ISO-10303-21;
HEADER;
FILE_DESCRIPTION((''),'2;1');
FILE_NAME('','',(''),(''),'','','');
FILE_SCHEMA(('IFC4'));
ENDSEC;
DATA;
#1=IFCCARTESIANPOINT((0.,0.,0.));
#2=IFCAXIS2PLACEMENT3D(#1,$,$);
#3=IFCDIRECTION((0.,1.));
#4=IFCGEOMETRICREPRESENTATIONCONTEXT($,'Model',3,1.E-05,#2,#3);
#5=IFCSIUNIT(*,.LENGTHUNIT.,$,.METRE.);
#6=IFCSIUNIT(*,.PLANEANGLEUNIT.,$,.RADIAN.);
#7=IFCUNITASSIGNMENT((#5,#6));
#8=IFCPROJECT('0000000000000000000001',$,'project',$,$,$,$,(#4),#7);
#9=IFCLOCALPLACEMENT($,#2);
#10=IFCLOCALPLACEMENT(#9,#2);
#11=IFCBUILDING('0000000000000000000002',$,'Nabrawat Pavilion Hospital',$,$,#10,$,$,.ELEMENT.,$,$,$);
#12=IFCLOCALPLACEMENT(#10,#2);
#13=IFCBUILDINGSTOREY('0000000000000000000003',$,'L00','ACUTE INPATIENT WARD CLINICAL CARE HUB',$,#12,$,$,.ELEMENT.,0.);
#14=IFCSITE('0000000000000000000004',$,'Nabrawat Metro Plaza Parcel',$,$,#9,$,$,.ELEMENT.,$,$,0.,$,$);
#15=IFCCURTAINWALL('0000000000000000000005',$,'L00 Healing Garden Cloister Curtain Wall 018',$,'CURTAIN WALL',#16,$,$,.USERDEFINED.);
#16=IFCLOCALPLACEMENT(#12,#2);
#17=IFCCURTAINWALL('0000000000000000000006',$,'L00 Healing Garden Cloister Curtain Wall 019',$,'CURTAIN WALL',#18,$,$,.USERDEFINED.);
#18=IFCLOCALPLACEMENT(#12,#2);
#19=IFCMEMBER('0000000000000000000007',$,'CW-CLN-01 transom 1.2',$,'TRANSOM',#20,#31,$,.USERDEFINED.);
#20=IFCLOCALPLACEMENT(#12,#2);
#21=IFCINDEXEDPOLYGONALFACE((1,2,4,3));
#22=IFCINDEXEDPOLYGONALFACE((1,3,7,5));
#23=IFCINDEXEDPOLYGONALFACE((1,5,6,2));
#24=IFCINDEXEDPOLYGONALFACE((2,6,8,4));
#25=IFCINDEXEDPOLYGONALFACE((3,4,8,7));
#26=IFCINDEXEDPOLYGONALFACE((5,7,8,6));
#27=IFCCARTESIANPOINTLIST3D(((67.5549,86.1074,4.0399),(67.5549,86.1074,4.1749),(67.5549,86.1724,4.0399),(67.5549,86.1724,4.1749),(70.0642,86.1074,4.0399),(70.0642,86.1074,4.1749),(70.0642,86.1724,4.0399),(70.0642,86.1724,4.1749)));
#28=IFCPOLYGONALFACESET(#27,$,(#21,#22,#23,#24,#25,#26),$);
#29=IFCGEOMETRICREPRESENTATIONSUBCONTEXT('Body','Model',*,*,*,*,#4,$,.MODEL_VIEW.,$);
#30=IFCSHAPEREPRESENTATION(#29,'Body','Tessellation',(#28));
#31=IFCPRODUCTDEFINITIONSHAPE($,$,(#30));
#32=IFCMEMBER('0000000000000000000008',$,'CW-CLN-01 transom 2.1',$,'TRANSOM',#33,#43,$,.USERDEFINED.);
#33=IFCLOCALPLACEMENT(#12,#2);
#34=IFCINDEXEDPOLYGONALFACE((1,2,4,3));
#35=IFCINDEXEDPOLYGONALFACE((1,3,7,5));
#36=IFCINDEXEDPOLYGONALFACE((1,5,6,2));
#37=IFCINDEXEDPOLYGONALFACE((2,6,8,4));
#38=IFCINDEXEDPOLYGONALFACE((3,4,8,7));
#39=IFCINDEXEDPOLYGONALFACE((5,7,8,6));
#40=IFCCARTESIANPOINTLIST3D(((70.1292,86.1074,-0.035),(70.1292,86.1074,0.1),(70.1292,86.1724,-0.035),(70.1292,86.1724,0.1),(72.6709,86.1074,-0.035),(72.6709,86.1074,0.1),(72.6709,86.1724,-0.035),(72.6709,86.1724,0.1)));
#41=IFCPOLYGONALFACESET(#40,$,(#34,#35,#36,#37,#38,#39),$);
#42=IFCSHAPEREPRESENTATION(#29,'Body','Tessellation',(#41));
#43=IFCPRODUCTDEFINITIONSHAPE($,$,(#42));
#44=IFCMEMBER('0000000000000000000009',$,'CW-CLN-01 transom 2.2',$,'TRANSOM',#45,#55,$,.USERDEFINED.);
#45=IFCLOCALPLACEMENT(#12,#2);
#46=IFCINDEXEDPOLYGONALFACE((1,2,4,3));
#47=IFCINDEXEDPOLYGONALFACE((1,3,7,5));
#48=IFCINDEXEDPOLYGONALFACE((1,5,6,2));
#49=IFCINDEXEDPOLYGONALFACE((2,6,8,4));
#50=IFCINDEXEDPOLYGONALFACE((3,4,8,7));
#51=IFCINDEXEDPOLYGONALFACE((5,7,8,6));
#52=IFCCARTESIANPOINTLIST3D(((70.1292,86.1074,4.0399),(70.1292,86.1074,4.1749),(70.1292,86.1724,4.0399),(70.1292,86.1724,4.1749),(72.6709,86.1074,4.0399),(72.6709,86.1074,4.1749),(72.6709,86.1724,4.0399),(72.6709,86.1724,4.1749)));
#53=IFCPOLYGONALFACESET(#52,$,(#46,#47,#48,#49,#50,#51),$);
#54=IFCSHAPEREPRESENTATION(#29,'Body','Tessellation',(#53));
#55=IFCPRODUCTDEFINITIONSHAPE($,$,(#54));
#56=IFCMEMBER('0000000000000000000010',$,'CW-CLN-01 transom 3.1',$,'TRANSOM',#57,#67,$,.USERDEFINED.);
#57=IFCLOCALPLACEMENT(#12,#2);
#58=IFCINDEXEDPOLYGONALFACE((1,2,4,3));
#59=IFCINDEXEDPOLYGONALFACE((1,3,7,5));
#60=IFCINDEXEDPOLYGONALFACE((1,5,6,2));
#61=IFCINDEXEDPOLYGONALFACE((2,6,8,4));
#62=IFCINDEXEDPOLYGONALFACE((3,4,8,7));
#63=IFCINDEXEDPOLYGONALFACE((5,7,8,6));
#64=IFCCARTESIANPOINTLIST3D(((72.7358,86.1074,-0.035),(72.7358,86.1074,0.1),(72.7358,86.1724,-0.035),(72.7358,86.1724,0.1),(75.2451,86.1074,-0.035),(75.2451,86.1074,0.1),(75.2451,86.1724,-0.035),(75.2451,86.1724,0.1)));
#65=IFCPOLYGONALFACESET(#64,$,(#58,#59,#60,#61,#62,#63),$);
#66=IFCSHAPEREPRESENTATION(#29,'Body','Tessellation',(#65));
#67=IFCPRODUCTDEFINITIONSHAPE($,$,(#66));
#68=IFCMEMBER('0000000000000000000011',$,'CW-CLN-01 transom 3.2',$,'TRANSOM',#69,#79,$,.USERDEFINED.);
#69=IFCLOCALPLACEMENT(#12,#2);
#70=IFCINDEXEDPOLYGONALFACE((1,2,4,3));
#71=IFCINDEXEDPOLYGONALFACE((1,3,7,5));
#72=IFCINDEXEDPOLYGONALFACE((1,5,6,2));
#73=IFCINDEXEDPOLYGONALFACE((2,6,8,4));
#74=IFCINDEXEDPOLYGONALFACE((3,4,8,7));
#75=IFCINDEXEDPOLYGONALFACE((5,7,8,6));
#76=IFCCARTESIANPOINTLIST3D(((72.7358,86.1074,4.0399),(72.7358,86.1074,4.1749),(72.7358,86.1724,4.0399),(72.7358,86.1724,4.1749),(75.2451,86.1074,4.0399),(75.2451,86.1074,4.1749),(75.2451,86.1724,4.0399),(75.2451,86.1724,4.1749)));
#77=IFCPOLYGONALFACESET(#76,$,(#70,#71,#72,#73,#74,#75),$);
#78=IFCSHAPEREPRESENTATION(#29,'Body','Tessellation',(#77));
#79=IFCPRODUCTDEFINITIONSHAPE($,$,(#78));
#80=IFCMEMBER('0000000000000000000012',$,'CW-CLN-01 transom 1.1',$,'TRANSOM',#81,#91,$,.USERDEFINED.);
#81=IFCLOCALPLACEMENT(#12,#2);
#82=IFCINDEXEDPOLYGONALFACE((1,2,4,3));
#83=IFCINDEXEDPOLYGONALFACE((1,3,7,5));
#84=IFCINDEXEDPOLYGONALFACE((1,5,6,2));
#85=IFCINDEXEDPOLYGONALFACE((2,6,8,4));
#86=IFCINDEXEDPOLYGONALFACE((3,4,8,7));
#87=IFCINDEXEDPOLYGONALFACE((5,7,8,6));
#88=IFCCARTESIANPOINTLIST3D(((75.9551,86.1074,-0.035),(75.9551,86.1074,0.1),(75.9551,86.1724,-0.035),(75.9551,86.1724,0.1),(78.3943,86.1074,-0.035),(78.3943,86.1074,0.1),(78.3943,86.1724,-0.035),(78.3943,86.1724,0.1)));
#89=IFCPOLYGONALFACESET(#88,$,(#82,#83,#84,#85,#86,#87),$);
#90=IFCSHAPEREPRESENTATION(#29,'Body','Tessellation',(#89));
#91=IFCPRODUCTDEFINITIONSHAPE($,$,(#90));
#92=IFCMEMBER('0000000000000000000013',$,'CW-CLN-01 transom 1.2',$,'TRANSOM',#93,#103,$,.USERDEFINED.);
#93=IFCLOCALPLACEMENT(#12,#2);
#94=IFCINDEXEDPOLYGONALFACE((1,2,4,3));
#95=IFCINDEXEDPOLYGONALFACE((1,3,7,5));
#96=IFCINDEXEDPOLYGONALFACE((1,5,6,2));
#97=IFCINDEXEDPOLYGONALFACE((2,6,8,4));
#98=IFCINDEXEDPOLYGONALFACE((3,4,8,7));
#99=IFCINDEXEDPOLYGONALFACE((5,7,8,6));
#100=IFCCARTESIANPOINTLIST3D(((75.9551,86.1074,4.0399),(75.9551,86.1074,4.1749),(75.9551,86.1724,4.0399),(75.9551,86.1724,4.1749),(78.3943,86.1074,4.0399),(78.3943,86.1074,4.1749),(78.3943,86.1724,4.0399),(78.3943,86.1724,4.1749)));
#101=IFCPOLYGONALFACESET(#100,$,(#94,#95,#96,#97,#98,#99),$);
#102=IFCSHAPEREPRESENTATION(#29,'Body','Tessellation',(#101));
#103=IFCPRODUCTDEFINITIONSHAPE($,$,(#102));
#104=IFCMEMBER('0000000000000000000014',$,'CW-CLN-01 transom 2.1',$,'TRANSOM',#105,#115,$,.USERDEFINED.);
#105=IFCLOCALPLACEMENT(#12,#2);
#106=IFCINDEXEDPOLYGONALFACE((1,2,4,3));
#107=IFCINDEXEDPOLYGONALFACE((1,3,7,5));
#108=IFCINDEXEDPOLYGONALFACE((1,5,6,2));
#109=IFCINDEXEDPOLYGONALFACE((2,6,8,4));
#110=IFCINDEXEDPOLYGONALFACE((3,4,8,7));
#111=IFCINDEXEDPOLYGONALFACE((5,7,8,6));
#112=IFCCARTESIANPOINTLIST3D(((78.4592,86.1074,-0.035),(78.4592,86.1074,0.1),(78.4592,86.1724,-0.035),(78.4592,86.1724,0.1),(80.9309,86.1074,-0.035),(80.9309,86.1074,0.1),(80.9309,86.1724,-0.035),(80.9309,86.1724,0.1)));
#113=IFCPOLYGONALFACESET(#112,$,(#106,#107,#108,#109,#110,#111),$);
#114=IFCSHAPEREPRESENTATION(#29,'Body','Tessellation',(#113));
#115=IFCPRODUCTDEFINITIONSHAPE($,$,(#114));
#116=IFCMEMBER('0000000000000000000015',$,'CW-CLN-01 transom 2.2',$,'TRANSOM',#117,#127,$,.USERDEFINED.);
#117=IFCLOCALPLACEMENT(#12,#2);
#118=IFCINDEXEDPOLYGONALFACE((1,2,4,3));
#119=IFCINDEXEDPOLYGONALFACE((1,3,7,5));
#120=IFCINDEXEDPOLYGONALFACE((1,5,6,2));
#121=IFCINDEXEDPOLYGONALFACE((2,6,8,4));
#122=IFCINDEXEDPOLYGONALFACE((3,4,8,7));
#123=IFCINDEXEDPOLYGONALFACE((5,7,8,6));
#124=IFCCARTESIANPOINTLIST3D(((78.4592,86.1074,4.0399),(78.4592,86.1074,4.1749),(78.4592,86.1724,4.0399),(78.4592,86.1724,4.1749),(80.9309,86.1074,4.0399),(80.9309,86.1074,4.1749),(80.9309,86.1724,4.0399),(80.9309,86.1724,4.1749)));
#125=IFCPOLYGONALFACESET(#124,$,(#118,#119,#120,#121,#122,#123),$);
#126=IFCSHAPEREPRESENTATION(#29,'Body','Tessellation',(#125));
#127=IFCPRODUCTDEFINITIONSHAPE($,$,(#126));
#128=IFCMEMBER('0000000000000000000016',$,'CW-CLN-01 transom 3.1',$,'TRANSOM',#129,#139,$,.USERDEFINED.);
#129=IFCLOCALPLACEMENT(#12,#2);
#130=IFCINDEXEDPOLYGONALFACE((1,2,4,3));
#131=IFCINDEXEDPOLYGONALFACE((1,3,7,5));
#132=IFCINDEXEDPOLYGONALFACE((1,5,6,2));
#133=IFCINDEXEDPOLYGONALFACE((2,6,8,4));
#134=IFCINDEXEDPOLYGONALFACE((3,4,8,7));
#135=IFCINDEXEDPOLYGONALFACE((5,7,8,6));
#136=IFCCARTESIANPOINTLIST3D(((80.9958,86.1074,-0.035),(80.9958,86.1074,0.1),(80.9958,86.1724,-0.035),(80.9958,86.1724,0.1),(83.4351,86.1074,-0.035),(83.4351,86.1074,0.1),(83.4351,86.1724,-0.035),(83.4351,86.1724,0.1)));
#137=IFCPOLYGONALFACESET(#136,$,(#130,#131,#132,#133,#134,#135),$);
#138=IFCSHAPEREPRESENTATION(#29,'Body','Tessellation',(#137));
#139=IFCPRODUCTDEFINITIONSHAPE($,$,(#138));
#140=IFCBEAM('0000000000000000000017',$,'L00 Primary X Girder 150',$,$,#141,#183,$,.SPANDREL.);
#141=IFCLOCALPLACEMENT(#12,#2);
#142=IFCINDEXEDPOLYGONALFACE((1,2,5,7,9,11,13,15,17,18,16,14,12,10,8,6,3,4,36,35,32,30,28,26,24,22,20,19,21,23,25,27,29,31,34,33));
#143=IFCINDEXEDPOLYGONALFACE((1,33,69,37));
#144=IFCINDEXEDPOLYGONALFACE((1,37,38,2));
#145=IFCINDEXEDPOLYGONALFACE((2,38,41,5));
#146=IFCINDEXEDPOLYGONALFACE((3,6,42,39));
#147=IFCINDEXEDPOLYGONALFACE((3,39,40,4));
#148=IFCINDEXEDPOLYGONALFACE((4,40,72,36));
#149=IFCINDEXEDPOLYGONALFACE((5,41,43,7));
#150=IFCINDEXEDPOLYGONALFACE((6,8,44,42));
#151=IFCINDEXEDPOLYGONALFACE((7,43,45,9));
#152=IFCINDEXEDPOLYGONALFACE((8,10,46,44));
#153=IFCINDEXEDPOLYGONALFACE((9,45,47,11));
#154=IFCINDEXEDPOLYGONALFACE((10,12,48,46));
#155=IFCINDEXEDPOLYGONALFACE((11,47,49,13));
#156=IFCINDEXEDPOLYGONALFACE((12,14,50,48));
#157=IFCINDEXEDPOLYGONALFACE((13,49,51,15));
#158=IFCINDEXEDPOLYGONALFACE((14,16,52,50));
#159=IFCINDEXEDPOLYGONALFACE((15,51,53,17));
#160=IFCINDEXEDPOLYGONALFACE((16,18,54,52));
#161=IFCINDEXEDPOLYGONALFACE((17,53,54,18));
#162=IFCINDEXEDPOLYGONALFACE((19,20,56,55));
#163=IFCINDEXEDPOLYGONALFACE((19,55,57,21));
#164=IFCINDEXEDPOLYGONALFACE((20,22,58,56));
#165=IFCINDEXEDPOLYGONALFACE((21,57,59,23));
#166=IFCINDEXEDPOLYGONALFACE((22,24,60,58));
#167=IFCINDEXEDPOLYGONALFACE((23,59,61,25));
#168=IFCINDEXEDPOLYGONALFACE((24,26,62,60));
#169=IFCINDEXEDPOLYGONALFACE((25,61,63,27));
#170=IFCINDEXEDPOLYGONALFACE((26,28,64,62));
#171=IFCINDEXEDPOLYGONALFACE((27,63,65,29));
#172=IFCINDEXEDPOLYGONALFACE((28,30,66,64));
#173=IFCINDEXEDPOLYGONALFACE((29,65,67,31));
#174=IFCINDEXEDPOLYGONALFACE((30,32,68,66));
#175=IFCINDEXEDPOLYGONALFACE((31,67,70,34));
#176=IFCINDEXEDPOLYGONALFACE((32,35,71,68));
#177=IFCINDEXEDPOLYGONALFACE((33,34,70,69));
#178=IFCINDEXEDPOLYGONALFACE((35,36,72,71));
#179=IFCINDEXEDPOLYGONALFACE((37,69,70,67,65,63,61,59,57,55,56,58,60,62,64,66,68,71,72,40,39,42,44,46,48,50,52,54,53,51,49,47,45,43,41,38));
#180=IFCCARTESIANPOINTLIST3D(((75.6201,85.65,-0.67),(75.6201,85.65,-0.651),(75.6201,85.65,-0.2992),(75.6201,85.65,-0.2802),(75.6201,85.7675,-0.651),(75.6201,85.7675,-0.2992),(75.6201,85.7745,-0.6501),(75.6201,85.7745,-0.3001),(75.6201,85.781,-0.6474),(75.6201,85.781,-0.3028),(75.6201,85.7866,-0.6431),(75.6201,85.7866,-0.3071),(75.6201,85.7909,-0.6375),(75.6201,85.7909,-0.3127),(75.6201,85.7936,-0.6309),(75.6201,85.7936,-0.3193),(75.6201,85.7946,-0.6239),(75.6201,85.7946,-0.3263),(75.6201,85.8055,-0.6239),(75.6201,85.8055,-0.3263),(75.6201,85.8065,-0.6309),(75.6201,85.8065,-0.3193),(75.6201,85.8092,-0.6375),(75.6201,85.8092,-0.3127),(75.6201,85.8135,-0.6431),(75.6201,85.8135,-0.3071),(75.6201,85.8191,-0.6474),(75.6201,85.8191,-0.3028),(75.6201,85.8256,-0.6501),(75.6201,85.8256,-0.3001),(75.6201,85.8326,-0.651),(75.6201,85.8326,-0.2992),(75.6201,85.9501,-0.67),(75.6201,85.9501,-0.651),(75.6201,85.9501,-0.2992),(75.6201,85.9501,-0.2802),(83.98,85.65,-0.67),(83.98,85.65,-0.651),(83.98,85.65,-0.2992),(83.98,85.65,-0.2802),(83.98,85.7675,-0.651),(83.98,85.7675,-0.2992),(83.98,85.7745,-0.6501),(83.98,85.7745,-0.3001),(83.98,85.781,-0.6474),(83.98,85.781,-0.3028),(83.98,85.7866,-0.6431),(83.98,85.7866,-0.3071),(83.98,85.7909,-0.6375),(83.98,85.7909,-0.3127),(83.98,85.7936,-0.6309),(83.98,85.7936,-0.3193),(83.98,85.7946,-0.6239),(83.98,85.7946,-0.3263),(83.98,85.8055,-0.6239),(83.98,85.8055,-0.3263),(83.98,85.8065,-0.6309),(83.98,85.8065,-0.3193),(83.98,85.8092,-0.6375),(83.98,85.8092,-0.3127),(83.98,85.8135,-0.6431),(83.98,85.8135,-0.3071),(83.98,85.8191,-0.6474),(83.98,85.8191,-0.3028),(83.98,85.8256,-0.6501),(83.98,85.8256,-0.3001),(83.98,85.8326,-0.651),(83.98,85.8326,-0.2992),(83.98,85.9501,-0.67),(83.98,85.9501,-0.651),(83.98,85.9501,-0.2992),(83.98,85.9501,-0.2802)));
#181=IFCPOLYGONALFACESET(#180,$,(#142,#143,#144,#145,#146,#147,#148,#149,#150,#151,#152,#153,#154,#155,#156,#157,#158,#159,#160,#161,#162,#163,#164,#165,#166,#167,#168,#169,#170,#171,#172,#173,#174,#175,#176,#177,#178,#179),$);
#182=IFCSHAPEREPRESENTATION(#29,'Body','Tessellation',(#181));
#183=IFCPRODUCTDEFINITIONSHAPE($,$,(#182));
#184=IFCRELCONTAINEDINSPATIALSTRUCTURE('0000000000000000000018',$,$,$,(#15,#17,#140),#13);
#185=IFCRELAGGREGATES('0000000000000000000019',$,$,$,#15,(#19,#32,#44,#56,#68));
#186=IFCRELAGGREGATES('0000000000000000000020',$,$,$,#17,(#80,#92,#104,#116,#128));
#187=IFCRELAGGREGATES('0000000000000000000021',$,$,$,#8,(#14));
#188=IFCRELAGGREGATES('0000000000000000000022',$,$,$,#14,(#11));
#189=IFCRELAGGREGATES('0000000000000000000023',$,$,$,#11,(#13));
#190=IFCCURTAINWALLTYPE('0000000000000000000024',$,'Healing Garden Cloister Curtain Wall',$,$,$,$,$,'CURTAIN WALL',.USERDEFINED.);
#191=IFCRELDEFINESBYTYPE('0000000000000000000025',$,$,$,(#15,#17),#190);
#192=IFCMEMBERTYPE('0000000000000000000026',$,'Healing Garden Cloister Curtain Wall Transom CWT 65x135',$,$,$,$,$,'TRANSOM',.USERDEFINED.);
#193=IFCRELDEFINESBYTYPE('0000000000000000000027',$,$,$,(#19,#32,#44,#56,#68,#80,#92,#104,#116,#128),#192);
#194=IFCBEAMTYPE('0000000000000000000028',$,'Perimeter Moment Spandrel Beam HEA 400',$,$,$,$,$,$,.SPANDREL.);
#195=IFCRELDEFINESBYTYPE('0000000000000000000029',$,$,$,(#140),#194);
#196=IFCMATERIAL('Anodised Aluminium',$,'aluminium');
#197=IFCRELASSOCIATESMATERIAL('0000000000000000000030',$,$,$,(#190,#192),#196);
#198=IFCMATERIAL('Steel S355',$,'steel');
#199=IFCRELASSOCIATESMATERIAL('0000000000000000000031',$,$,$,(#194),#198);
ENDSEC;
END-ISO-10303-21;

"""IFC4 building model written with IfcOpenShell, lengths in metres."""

from ifc_helpers import new_model, si_unit, direction, frame, origin, origin_2d, place, context, subcontext, project, spatial, rectangle, i_section, extrude, material, material_profile, profile_set, type_object, element, aggregate, save


model = new_model("IFC4")

# Units and contexts
model_context = context("Model", 3, precision=1e-05, world=origin(), true_north=direction((0.0, 1.0)))
body_context = subcontext(model_context, "Body", "Model", "MODEL_VIEW")
ifc_project = project(units=[si_unit("LENGTHUNIT", "METRE"), si_unit("PLANEANGLEUNIT", "RADIAN")], contexts=[model_context])

# Site, building, storey
site_placement = place(None, origin())
site = spatial("IfcSite", under=ifc_project, at=site_placement, Name="Nabrawat Metro Plaza Parcel", CompositionType="ELEMENT", RefElevation=0.0)
building_placement = place(site_placement, origin())
building = spatial("IfcBuilding", under=site, at=building_placement, Name="Nabrawat Pavilion Hospital", CompositionType="ELEMENT")
storey_placement = place(building_placement, origin())
storey = spatial("IfcBuildingStorey", under=building, at=storey_placement, Name="L00", Description="ACUTE INPATIENT WARD CLINICAL CARE HUB", CompositionType="ELEMENT", Elevation=0.0)

# Shared definitions
ifc_material_1 = material(Name="Steel S355", Category="steel")

# Curtain walls
ifc_material_2 = material(Name="Anodised Aluminium", Category="aluminium")
curtain_wall_type = type_object("IfcCurtainWallType", Name="Healing Garden Cloister Curtain Wall", ElementType="CURTAIN WALL", PredefinedType="USERDEFINED", material=ifc_material_2)
curtain_wall_1_placement = place(storey_placement, origin())
curtain_wall_1 = element("IfcCurtainWall", 1, at=curtain_wall_1_placement, inside=storey, type_object=curtain_wall_type, Name="L00 Healing Garden Cloister Curtain Wall 018", ObjectType="CURTAIN WALL", PredefinedType="USERDEFINED")
curtain_wall_2_placement = place(storey_placement, origin())
curtain_wall_2 = element("IfcCurtainWall", 2, at=curtain_wall_2_placement, inside=storey, type_object=curtain_wall_type, Name="L00 Healing Garden Cloister Curtain Wall 019", ObjectType="CURTAIN WALL", PredefinedType="USERDEFINED")

# Members
ifc_material_profile_1 = material_profile(ifc_material_2, rectangle(XDim=0.0649, YDim=0.135, at=origin_2d()), Name="CWT 65x135")
ifc_profile_set_1 = profile_set([ifc_material_profile_1], Name="Anodised Aluminium")
member_type_1 = type_object("IfcMemberType", Name="Healing Garden Cloister Curtain Wall Transom CWT 65x135", ElementType="TRANSOM", PredefinedType="USERDEFINED", material=ifc_profile_set_1)
member_1_placement = place(storey_placement, frame((67.5549, 86.1399, 4.1074), z_axis=(1.0, 0.0, 0.0), x_axis=(0.0, 1.0, 0.0)))
member_1 = element("IfcMember", 3, at=member_1_placement, type_object=member_type_1, Name="CW-CLN-01 transom 1.2", ObjectType="TRANSOM", PredefinedType="USERDEFINED", context=body_context, shape_type="SweptSolid", body=[
    extrude(rectangle(XDim=0.0649, YDim=0.135, at=origin_2d()), origin(), (0.0, 0.0, 1.0), 2.5093),
])
member_2_placement = place(storey_placement, frame((70.1292, 86.1399, 0.0325), z_axis=(1.0, 0.0, 0.0), x_axis=(0.0, 1.0, 0.0)))
member_2 = element("IfcMember", 4, at=member_2_placement, type_object=member_type_1, Name="CW-CLN-01 transom 2.1", ObjectType="TRANSOM", PredefinedType="USERDEFINED", context=body_context, shape_type="SweptSolid", body=[
    extrude(rectangle(XDim=0.0649, YDim=0.135, at=origin_2d()), origin(), (0.0, 0.0, 1.0), 2.5417),
])
member_3_placement = place(storey_placement, frame((70.1292, 86.1399, 4.1074), z_axis=(1.0, 0.0, 0.0), x_axis=(0.0, 1.0, 0.0)))
member_3 = element("IfcMember", 5, at=member_3_placement, type_object=member_type_1, Name="CW-CLN-01 transom 2.2", ObjectType="TRANSOM", PredefinedType="USERDEFINED", context=body_context, shape_type="SweptSolid", body=[
    extrude(rectangle(XDim=0.0649, YDim=0.135, at=origin_2d()), origin(), (0.0, 0.0, 1.0), 2.5417),
])
member_4_placement = place(storey_placement, frame((72.7358, 86.1399, 0.0325), z_axis=(1.0, 0.0, 0.0), x_axis=(0.0, 1.0, 0.0)))
member_4 = element("IfcMember", 6, at=member_4_placement, type_object=member_type_1, Name="CW-CLN-01 transom 3.1", ObjectType="TRANSOM", PredefinedType="USERDEFINED", context=body_context, shape_type="SweptSolid", body=[
    extrude(rectangle(XDim=0.0649, YDim=0.135, at=origin_2d()), origin(), (0.0, 0.0, 1.0), 2.5093),
])
member_5_placement = place(storey_placement, frame((72.7358, 86.1399, 4.1074), z_axis=(1.0, 0.0, 0.0), x_axis=(0.0, 1.0, 0.0)))
member_5 = element("IfcMember", 7, at=member_5_placement, type_object=member_type_1, Name="CW-CLN-01 transom 3.2", ObjectType="TRANSOM", PredefinedType="USERDEFINED", context=body_context, shape_type="SweptSolid", body=[
    extrude(rectangle(XDim=0.0649, YDim=0.135, at=origin_2d()), origin(), (0.0, 0.0, 1.0), 2.5093),
])
member_6_placement = place(storey_placement, frame((75.9551, 86.1399, 0.0325), z_axis=(1.0, 0.0, 0.0), x_axis=(0.0, 1.0, 0.0)))
member_6 = element("IfcMember", 8, at=member_6_placement, type_object=member_type_1, Name="CW-CLN-01 transom 1.1", ObjectType="TRANSOM", PredefinedType="USERDEFINED", context=body_context, shape_type="SweptSolid", body=[
    extrude(rectangle(XDim=0.0649, YDim=0.135, at=origin_2d()), origin(), (0.0, 0.0, 1.0), 2.4392),
])
member_7_placement = place(storey_placement, frame((75.9551, 86.1399, 4.1074), z_axis=(1.0, 0.0, 0.0), x_axis=(0.0, 1.0, 0.0)))
member_7 = element("IfcMember", 9, at=member_7_placement, type_object=member_type_1, Name="CW-CLN-01 transom 1.2", ObjectType="TRANSOM", PredefinedType="USERDEFINED", context=body_context, shape_type="SweptSolid", body=[
    extrude(rectangle(XDim=0.0649, YDim=0.135, at=origin_2d()), origin(), (0.0, 0.0, 1.0), 2.4392),
])
member_8_placement = place(storey_placement, frame((78.4592, 86.1399, 0.0325), z_axis=(1.0, 0.0, 0.0), x_axis=(0.0, 1.0, 0.0)))
member_8 = element("IfcMember", 10, at=member_8_placement, type_object=member_type_1, Name="CW-CLN-01 transom 2.1", ObjectType="TRANSOM", PredefinedType="USERDEFINED", context=body_context, shape_type="SweptSolid", body=[
    extrude(rectangle(XDim=0.0649, YDim=0.135, at=origin_2d()), origin(), (0.0, 0.0, 1.0), 2.4717),
])
member_9_placement = place(storey_placement, frame((78.4592, 86.1399, 4.1074), z_axis=(1.0, 0.0, 0.0), x_axis=(0.0, 1.0, 0.0)))
member_9 = element("IfcMember", 11, at=member_9_placement, type_object=member_type_1, Name="CW-CLN-01 transom 2.2", ObjectType="TRANSOM", PredefinedType="USERDEFINED", context=body_context, shape_type="SweptSolid", body=[
    extrude(rectangle(XDim=0.0649, YDim=0.135, at=origin_2d()), origin(), (0.0, 0.0, 1.0), 2.4717),
])
member_10_placement = place(storey_placement, frame((80.9958, 86.1399, 0.0325), z_axis=(1.0, 0.0, 0.0), x_axis=(0.0, 1.0, 0.0)))
member_10 = element("IfcMember", 12, at=member_10_placement, type_object=member_type_1, Name="CW-CLN-01 transom 3.1", ObjectType="TRANSOM", PredefinedType="USERDEFINED", context=body_context, shape_type="SweptSolid", body=[
    extrude(rectangle(XDim=0.0649, YDim=0.135, at=origin_2d()), origin(), (0.0, 0.0, 1.0), 2.4392),
])

# Beam
ifc_material_profile_2 = material_profile(ifc_material_1, i_section(OverallWidth=0.3, OverallDepth=0.3899, WebThickness=0.011, FlangeThickness=0.019, FilletRadius=0.0271, at=origin_2d()), Name="HEA 400")
ifc_profile_set_2 = profile_set([ifc_material_profile_2], Name="Steel S355")
beam_type_1 = type_object("IfcBeamType", Name="Perimeter Moment Spandrel Beam HEA 400", PredefinedType="SPANDREL", material=ifc_profile_set_2)
for number, where, z_axis, x_axis, name in (
    (13, (75.6201, 85.8, -0.4751), (1.0, 0.0, 0.0), (0.0, 1.0, 0.0), "L00 Primary X Girder 150"),
):
    element("IfcBeam", number, at=place(storey_placement, frame(where, z_axis=z_axis, x_axis=x_axis)), inside=storey, type_object=beam_type_1, Name=name, PredefinedType="SPANDREL", context=body_context, shape_type="SweptSolid", body=[
        extrude(i_section(OverallWidth=0.3, OverallDepth=0.3899, WebThickness=0.011, FlangeThickness=0.019, FilletRadius=0.0271, at=origin_2d()), origin(), (0.0, 0.0, 1.0), 8.3599),
    ])

aggregate(curtain_wall_1, [member_1, member_2, member_3, member_4, member_5])
aggregate(curtain_wall_2, [member_6, member_7, member_8, member_9, member_10])

save(model, "model.ifc")
